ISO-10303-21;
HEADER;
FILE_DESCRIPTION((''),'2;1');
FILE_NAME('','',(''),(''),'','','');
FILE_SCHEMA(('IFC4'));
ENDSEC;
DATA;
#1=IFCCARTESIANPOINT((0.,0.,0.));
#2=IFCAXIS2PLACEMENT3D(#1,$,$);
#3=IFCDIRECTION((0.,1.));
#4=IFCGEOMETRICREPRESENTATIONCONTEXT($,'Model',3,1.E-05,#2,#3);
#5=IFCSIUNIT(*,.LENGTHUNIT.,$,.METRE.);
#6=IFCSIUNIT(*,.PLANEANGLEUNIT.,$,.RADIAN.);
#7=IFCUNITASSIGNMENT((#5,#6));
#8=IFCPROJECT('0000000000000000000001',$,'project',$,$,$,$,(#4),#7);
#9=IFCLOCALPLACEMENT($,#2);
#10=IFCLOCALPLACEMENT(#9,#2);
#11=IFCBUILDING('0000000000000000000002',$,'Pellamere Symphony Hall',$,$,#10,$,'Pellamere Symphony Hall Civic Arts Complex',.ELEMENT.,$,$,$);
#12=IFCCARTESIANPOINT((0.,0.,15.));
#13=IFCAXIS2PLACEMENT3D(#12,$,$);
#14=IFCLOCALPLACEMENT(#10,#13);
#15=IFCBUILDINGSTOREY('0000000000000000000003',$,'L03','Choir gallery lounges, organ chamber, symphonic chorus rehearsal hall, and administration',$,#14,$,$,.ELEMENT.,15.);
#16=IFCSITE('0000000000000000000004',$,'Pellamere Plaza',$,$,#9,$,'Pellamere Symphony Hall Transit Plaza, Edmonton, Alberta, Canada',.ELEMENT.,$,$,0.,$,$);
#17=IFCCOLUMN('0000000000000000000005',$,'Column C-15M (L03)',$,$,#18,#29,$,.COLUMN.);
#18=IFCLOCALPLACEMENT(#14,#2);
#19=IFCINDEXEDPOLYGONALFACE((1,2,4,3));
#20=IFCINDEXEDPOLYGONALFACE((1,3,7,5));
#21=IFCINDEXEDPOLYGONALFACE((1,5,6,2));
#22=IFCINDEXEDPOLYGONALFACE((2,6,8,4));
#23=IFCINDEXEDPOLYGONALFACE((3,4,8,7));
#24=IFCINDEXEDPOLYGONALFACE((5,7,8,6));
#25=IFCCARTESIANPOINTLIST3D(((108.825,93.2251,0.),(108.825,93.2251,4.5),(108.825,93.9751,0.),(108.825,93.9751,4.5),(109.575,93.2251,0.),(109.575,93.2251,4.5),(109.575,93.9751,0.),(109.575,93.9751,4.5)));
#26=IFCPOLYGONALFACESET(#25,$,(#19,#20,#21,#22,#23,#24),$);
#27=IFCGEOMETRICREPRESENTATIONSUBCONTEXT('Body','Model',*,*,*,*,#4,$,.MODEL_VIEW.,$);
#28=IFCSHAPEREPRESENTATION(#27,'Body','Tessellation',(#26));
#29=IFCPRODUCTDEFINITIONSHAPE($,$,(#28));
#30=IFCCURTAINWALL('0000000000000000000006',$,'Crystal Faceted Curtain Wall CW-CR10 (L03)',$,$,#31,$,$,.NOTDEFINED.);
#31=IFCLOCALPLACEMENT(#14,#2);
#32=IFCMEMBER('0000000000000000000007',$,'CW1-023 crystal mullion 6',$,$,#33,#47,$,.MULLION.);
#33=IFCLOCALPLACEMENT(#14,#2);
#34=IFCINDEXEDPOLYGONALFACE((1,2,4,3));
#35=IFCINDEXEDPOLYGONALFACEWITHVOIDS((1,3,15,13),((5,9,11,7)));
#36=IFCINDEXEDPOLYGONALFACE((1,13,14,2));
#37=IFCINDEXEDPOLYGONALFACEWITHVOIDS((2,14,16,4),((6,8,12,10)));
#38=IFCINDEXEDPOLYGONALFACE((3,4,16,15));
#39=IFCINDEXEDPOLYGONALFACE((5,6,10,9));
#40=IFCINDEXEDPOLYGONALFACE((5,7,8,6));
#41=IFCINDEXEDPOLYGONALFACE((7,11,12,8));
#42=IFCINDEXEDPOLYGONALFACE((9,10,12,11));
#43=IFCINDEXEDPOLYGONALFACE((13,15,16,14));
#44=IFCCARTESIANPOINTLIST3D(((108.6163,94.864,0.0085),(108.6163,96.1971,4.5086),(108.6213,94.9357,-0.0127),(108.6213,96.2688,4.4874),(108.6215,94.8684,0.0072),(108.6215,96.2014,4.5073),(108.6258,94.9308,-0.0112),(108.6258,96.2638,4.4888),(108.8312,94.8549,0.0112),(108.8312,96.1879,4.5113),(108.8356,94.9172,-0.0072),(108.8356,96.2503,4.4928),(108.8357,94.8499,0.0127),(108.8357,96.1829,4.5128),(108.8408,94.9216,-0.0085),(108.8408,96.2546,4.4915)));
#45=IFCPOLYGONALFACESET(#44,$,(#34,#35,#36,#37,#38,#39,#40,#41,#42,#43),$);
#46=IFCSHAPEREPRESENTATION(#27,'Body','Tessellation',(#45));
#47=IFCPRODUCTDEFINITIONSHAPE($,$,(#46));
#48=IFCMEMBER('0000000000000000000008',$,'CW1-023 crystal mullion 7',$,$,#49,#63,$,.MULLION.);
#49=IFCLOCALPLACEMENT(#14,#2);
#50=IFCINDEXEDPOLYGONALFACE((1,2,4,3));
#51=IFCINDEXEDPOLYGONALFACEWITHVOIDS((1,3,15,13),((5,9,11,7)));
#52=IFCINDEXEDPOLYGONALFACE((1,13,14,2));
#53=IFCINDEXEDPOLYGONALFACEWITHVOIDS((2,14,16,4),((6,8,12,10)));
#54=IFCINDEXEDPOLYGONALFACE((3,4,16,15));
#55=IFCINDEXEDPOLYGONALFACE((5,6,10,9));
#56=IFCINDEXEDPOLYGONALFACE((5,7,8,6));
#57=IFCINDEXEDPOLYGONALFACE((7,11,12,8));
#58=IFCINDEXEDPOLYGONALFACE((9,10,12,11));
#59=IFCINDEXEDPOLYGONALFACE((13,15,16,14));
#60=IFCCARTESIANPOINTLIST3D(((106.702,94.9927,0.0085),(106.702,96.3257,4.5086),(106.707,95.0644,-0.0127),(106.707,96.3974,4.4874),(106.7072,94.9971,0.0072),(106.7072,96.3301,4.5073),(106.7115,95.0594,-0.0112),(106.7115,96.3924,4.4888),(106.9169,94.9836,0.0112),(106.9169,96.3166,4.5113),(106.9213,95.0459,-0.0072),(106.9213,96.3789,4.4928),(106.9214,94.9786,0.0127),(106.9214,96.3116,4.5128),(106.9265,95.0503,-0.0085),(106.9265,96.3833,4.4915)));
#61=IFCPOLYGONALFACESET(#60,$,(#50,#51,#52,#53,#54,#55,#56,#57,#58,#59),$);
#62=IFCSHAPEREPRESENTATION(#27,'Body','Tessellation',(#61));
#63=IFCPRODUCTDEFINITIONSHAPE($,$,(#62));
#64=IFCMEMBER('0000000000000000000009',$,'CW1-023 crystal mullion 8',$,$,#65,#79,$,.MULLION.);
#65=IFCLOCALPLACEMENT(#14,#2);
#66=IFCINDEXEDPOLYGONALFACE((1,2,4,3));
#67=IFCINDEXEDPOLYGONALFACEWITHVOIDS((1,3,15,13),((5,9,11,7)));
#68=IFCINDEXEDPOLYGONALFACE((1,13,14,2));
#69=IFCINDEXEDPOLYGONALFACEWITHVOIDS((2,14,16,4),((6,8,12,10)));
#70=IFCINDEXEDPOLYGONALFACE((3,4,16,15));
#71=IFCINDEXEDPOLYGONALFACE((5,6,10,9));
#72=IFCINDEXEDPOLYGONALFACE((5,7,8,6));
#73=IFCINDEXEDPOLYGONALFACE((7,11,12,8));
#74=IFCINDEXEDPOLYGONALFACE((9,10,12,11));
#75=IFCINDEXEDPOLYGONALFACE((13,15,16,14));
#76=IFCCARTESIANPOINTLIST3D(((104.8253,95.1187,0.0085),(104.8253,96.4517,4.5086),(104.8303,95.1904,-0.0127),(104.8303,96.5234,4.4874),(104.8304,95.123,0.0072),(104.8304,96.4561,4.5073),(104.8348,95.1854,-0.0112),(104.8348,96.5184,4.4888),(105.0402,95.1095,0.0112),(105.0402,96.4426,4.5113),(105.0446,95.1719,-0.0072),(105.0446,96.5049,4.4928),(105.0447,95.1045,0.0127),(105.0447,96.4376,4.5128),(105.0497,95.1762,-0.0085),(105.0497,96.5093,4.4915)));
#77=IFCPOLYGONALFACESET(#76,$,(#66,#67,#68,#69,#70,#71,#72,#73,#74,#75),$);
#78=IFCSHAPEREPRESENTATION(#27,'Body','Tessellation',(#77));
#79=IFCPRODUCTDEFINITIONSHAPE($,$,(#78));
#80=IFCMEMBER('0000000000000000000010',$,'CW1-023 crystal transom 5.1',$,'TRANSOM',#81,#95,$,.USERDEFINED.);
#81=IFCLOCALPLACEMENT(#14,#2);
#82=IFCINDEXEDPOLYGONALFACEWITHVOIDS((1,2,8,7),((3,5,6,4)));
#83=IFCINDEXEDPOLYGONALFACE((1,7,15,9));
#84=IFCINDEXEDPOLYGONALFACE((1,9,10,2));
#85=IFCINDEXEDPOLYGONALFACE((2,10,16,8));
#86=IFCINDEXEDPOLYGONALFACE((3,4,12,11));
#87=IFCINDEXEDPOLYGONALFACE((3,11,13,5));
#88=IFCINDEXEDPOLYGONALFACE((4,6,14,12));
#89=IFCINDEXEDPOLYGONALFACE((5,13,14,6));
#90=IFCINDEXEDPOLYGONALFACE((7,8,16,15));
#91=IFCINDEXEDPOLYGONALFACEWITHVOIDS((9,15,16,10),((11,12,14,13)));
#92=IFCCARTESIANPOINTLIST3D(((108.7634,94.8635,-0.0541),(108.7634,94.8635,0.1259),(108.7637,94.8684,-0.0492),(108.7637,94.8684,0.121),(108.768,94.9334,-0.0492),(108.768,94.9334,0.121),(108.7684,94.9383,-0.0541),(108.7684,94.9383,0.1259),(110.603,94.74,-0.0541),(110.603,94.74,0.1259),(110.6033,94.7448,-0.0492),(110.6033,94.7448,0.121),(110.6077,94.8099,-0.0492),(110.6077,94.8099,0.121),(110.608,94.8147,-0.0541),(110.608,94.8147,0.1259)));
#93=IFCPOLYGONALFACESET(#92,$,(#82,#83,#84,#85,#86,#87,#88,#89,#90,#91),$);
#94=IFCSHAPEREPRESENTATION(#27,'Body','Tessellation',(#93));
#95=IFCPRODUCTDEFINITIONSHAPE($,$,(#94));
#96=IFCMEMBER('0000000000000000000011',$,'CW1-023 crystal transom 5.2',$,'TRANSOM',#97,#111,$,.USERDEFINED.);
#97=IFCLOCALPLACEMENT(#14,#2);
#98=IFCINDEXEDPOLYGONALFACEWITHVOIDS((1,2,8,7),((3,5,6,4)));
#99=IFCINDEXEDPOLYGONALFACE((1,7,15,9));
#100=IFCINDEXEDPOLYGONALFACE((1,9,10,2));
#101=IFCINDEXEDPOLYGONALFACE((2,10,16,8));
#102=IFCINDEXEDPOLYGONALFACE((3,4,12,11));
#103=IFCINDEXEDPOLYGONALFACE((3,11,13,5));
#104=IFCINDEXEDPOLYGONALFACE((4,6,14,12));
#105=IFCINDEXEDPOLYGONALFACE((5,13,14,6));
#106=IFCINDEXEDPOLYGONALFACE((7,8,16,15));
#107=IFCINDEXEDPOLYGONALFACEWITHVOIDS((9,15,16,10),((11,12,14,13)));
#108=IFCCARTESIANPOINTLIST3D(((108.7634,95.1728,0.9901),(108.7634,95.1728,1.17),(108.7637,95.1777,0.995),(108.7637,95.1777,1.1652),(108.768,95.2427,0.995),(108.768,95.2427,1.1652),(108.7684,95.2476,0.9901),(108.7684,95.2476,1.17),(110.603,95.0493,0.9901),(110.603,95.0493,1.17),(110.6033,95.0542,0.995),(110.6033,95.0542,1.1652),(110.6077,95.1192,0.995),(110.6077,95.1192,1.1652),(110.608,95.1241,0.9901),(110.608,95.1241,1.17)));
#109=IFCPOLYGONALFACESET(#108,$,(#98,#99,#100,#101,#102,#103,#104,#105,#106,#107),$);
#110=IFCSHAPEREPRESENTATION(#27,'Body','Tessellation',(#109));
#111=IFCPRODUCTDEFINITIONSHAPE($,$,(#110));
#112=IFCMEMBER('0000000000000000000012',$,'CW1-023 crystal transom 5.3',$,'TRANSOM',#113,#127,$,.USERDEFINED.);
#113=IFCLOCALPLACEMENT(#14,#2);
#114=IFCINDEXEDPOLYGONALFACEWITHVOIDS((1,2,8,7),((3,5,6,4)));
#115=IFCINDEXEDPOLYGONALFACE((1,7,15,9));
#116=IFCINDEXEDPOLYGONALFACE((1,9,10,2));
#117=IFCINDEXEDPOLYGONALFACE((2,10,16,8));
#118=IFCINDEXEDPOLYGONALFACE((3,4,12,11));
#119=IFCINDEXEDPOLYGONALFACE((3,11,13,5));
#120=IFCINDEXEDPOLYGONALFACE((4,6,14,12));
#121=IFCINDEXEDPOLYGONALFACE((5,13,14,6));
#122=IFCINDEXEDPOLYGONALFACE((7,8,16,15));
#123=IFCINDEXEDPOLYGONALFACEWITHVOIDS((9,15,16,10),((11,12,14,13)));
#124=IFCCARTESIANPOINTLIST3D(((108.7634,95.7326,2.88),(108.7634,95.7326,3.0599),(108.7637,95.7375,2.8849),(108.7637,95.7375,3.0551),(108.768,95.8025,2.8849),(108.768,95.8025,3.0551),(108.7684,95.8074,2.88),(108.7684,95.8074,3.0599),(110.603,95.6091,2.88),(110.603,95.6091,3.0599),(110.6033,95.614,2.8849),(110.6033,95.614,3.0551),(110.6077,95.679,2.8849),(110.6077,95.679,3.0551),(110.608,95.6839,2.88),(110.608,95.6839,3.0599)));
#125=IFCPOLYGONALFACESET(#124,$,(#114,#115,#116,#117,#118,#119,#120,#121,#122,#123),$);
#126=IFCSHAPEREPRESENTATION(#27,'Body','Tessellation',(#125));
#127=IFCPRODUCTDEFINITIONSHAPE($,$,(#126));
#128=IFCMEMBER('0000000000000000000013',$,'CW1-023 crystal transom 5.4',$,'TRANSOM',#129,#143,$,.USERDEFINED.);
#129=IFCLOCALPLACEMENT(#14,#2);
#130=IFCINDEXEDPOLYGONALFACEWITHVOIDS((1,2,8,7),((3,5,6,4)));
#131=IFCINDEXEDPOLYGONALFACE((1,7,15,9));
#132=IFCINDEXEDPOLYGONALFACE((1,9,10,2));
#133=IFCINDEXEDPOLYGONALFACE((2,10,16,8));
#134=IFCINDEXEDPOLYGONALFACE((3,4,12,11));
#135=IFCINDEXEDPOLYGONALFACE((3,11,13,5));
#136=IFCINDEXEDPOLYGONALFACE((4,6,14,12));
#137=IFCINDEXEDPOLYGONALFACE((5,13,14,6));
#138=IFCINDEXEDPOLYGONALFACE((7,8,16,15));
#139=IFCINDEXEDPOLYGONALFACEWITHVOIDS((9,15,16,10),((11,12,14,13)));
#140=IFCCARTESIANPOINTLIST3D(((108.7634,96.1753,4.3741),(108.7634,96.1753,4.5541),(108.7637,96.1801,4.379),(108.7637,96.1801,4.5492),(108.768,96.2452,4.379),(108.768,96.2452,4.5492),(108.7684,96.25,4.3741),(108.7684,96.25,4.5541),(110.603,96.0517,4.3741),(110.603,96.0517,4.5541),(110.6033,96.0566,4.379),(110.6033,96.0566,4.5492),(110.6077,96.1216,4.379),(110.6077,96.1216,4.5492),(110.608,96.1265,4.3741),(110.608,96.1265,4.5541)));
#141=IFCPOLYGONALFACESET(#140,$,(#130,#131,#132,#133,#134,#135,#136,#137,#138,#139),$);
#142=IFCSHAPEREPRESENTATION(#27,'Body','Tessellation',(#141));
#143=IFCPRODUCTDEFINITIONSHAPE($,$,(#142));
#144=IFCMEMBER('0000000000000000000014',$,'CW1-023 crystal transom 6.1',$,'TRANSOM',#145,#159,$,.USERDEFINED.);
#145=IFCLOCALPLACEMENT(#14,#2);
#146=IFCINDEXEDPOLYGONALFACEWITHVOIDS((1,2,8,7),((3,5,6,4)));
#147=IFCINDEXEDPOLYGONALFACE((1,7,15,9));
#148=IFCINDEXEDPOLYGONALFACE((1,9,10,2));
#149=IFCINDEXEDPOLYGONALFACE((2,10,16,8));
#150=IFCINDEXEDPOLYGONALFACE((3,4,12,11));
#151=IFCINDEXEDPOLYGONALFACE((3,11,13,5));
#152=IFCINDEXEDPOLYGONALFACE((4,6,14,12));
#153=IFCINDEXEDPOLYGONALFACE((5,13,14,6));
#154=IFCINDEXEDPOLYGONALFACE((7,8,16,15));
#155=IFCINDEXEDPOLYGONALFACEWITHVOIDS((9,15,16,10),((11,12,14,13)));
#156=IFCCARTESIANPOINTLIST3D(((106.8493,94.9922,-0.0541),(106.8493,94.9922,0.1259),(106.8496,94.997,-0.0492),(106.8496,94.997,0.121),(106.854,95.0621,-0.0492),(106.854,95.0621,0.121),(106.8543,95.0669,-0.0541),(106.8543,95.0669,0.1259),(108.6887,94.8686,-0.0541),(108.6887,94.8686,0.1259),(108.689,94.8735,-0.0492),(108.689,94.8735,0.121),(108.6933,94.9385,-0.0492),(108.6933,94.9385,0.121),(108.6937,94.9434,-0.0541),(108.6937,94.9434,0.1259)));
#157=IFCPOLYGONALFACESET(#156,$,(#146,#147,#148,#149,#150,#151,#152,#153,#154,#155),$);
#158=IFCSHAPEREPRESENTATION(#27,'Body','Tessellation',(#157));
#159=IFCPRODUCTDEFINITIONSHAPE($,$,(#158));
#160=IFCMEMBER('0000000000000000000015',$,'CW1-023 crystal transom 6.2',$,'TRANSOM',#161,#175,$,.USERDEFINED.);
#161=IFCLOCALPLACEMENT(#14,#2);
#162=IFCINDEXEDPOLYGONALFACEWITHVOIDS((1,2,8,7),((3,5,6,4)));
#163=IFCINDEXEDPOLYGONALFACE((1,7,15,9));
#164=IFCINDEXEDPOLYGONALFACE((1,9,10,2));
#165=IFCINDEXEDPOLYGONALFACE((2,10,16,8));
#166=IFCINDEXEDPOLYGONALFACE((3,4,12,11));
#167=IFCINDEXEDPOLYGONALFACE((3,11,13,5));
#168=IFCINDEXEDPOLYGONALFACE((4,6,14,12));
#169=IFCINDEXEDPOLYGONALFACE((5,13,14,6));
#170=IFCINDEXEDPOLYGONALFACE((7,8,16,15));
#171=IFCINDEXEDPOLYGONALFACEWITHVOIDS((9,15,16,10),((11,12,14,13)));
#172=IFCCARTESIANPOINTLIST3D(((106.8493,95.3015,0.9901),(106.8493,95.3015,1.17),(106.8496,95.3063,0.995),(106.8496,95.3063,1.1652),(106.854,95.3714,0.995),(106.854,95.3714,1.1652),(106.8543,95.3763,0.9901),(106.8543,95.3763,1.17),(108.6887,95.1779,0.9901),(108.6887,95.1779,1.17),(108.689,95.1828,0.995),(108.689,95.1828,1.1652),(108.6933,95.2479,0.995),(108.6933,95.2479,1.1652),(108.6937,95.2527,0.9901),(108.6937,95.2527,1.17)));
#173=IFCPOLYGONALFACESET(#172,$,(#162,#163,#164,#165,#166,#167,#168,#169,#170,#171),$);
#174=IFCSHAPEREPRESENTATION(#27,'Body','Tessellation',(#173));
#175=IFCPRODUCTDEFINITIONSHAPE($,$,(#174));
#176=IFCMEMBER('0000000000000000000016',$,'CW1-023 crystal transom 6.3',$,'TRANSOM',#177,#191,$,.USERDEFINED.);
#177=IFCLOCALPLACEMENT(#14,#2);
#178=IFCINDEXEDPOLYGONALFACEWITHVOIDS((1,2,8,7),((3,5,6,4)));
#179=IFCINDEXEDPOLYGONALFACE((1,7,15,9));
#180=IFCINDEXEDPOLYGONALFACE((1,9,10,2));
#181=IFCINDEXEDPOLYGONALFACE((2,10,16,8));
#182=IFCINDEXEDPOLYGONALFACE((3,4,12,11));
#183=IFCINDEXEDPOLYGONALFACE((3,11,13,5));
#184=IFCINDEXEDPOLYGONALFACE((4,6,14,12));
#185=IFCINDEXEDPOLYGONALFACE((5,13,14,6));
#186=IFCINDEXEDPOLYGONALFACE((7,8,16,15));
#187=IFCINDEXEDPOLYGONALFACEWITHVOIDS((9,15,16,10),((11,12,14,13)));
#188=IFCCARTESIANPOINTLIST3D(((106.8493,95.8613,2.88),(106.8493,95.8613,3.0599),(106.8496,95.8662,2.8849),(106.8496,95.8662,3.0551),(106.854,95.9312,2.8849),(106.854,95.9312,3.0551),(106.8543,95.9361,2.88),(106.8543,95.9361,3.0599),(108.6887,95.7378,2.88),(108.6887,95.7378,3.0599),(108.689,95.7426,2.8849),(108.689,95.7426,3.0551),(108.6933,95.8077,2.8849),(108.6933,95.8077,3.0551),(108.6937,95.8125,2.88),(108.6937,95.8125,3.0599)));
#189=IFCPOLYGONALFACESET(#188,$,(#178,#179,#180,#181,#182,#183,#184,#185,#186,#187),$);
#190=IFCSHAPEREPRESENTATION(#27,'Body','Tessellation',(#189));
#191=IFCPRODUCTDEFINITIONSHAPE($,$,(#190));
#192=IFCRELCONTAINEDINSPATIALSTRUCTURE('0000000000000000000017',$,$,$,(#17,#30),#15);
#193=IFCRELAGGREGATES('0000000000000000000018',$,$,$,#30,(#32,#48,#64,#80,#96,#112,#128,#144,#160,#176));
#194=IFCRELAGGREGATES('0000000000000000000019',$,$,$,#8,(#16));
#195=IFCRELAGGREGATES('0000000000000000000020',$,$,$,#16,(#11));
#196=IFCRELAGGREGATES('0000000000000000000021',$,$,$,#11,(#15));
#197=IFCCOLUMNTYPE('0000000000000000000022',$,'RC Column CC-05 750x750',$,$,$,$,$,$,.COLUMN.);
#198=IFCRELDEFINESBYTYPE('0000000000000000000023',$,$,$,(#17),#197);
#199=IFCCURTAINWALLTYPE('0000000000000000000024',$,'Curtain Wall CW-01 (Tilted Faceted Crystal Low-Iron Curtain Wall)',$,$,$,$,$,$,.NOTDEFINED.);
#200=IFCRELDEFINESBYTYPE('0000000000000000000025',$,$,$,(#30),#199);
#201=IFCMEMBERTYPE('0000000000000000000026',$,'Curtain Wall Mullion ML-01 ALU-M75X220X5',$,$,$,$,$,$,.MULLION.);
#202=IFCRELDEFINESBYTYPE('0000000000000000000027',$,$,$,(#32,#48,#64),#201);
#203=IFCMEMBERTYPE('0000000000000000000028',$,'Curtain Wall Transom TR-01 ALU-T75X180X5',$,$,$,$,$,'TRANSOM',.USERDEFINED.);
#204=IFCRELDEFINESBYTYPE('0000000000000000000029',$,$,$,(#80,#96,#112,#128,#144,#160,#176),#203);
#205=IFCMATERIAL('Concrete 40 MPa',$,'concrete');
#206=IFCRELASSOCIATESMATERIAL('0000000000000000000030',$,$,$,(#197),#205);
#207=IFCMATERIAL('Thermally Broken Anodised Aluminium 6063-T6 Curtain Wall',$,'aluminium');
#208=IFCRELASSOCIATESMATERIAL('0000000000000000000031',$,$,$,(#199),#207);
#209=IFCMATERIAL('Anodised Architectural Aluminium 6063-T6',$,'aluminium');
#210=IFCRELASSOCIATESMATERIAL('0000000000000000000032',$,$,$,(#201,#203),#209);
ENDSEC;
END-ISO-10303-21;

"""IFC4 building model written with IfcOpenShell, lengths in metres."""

from ifc_helpers import new_model, si_unit, direction, frame, origin, origin_2d, place, context, subcontext, project, spatial, rectangle, hollow_rectangle, extrude, material, material_profile, profile_set, type_object, element, aggregate, save


model = new_model("IFC4")

# Units and contexts
model_context = context("Model", 3, precision=1e-05, world=origin(), true_north=direction((0.0, 1.0)))
body_context = subcontext(model_context, "Body", "Model", "MODEL_VIEW")
ifc_project = project(units=[si_unit("LENGTHUNIT", "METRE"), si_unit("PLANEANGLEUNIT", "RADIAN")], contexts=[model_context])

# Site, building, storey
site_placement = place(None, origin())
site = spatial("IfcSite", under=ifc_project, at=site_placement, Name="Pellamere Plaza", LongName="Pellamere Symphony Hall Transit Plaza, Edmonton, Alberta, Canada", CompositionType="ELEMENT", RefElevation=0.0)
building_placement = place(site_placement, origin())
building = spatial("IfcBuilding", under=site, at=building_placement, Name="Pellamere Symphony Hall", LongName="Pellamere Symphony Hall Civic Arts Complex", CompositionType="ELEMENT")
storey_placement = place(building_placement, frame((0.0, 0.0, 15.0)))
storey = spatial("IfcBuildingStorey", under=building, at=storey_placement, Name="L03", Description="Choir gallery lounges, organ chamber, symphonic chorus rehearsal hall, and administration", CompositionType="ELEMENT", Elevation=15.0)

# Column
ifc_material_1 = material(Name="Concrete 40 MPa", Category="concrete")
ifc_material_profile_1 = material_profile(ifc_material_1, rectangle(XDim=0.75, YDim=0.75, at=origin_2d()), Name="RC 750x750")
ifc_profile_set_1 = profile_set([ifc_material_profile_1], Name="Concrete 40 MPa")
column_type = type_object("IfcColumnType", Name="RC Column CC-05 750x750", PredefinedType="COLUMN", material=ifc_profile_set_1)
column_placement = place(storey_placement, frame((109.2, 93.6001, 0.0), z_axis=(0.0, 0.0, 1.0), x_axis=(1.0, 0.0, 0.0)))
element("IfcColumn", 1, at=column_placement, inside=storey, type_object=column_type, Name="Column C-15M (L03)", PredefinedType="COLUMN", context=body_context, shape_type="SweptSolid", body=[
    extrude(rectangle(XDim=0.75, YDim=0.75, at=origin_2d()), origin(), (0.0, 0.0, 1.0), 4.5),
])

# Curtain wall, members
ifc_material_2 = material(Name="Thermally Broken Anodised Aluminium 6063-T6 Curtain Wall", Category="aluminium")
curtain_wall_type = type_object("IfcCurtainWallType", Name="Curtain Wall CW-01 (Tilted Faceted Crystal Low-Iron Curtain Wall)", PredefinedType="NOTDEFINED", material=ifc_material_2)
curtain_wall_placement = place(storey_placement, origin())
curtain_wall = element("IfcCurtainWall", 2, at=curtain_wall_placement, inside=storey, type_object=curtain_wall_type, Name="Crystal Faceted Curtain Wall CW-CR10 (L03)", PredefinedType="NOTDEFINED")
ifc_material_3 = material(Name="Anodised Architectural Aluminium 6063-T6", Category="aluminium")
ifc_material_profile_2 = material_profile(ifc_material_3, hollow_rectangle(XDim=0.075, YDim=0.22, WallThickness=0.0049, at=origin_2d()), Name="ALU-M75X220X5")
ifc_profile_set_2 = profile_set([ifc_material_profile_2], Name="Anodised Architectural Aluminium 6063-T6")
member_type_1 = type_object("IfcMemberType", Name="Curtain Wall Mullion ML-01 ALU-M75X220X5", PredefinedType="MULLION", material=ifc_profile_set_2)
member_1_placement = place(storey_placement, frame((108.7285, 94.8928, 0.0), z_axis=(0.0, 0.284025, 0.958817), x_axis=(0.067013, 0.956662, -0.283386)))
member_1 = element("IfcMember", 3, at=member_1_placement, type_object=member_type_1, Name="CW1-023 crystal mullion 6", PredefinedType="MULLION", context=body_context, shape_type="SweptSolid", body=[
    extrude(hollow_rectangle(XDim=0.075, YDim=0.22, WallThickness=0.0049, at=origin_2d()), origin(), (0.0, 0.0, 1.0), 4.6934),
])
member_2_placement = place(storey_placement, frame((106.8142, 95.0215, 0.0), z_axis=(0.0, 0.284025, 0.958817), x_axis=(0.067013, 0.956662, -0.283386)))
member_2 = element("IfcMember", 4, at=member_2_placement, type_object=member_type_1, Name="CW1-023 crystal mullion 7", PredefinedType="MULLION", context=body_context, shape_type="SweptSolid", body=[
    extrude(hollow_rectangle(XDim=0.075, YDim=0.22, WallThickness=0.0049, at=origin_2d()), origin(), (0.0, 0.0, 1.0), 4.6934),
])
member_3_placement = place(storey_placement, frame((104.9375, 95.1475, 0.0), z_axis=(0.0, 0.284025, 0.958817), x_axis=(0.067013, 0.956662, -0.283386)))
member_3 = element("IfcMember", 5, at=member_3_placement, type_object=member_type_1, Name="CW1-023 crystal mullion 8", PredefinedType="MULLION", context=body_context, shape_type="SweptSolid", body=[
    extrude(hollow_rectangle(XDim=0.075, YDim=0.22, WallThickness=0.0049, at=origin_2d()), origin(), (0.0, 0.0, 1.0), 4.6934),
])
ifc_material_profile_3 = material_profile(ifc_material_3, hollow_rectangle(XDim=0.075, YDim=0.1799, WallThickness=0.0049, at=origin_2d()), Name="ALU-T75X180X5")
ifc_profile_set_3 = profile_set([ifc_material_profile_3], Name="Anodised Architectural Aluminium 6063-T6")
member_type_2 = type_object("IfcMemberType", Name="Curtain Wall Transom TR-01 ALU-T75X180X5", ElementType="TRANSOM", PredefinedType="USERDEFINED", material=ifc_profile_set_3)
member_4_placement = place(storey_placement, frame((110.6055, 94.7773, 0.0359), z_axis=(-0.997753, 0.067002, 0.0), x_axis=(-0.067002, -0.997753, 0.0)))
member_4 = element("IfcMember", 6, at=member_4_placement, type_object=member_type_2, Name="CW1-023 crystal transom 5.1", ObjectType="TRANSOM", PredefinedType="USERDEFINED", context=body_context, shape_type="SweptSolid", body=[
    extrude(hollow_rectangle(XDim=0.075, YDim=0.1799, WallThickness=0.0049, at=origin_2d()), origin(), (0.0, 0.0, 1.0), 1.8438),
])
member_5_placement = place(storey_placement, frame((110.6055, 95.0867, 1.0801), z_axis=(-0.997753, 0.067002, 0.0), x_axis=(-0.067002, -0.997753, 0.0)))
member_5 = element("IfcMember", 7, at=member_5_placement, type_object=member_type_2, Name="CW1-023 crystal transom 5.2", ObjectType="TRANSOM", PredefinedType="USERDEFINED", context=body_context, shape_type="SweptSolid", body=[
    extrude(hollow_rectangle(XDim=0.075, YDim=0.1799, WallThickness=0.0049, at=origin_2d()), origin(), (0.0, 0.0, 1.0), 1.8438),
])
member_6_placement = place(storey_placement, frame((110.6055, 95.6465, 2.97), z_axis=(-0.997753, 0.067002, 0.0), x_axis=(-0.067002, -0.997753, 0.0)))
member_6 = element("IfcMember", 8, at=member_6_placement, type_object=member_type_2, Name="CW1-023 crystal transom 5.3", ObjectType="TRANSOM", PredefinedType="USERDEFINED", context=body_context, shape_type="SweptSolid", body=[
    extrude(hollow_rectangle(XDim=0.075, YDim=0.1799, WallThickness=0.0049, at=origin_2d()), origin(), (0.0, 0.0, 1.0), 1.8438),
])
member_7_placement = place(storey_placement, frame((110.6055, 96.0891, 4.4641), z_axis=(-0.997753, 0.067002, 0.0), x_axis=(-0.067002, -0.997753, 0.0)))
member_7 = element("IfcMember", 9, at=member_7_placement, type_object=member_type_2, Name="CW1-023 crystal transom 5.4", ObjectType="TRANSOM", PredefinedType="USERDEFINED", context=body_context, shape_type="SweptSolid", body=[
    extrude(hollow_rectangle(XDim=0.075, YDim=0.1799, WallThickness=0.0049, at=origin_2d()), origin(), (0.0, 0.0, 1.0), 1.8438),
])
member_8_placement = place(storey_placement, frame((108.6912, 94.906, 0.0359), z_axis=(-0.997752, 0.067011, 0.0), x_axis=(-0.067011, -0.997752, 0.0)))
member_8 = element("IfcMember", 10, at=member_8_placement, type_object=member_type_2, Name="CW1-023 crystal transom 6.1", ObjectType="TRANSOM", PredefinedType="USERDEFINED", context=body_context, shape_type="SweptSolid", body=[
    extrude(hollow_rectangle(XDim=0.075, YDim=0.1799, WallThickness=0.0049, at=origin_2d()), origin(), (0.0, 0.0, 1.0), 1.8435),
])
member_9_placement = place(storey_placement, frame((108.6912, 95.2153, 1.0801), z_axis=(-0.997752, 0.067011, 0.0), x_axis=(-0.067011, -0.997752, 0.0)))
member_9 = element("IfcMember", 11, at=member_9_placement, type_object=member_type_2, Name="CW1-023 crystal transom 6.2", ObjectType="TRANSOM", PredefinedType="USERDEFINED", context=body_context, shape_type="SweptSolid", body=[
    extrude(hollow_rectangle(XDim=0.075, YDim=0.1799, WallThickness=0.0049, at=origin_2d()), origin(), (0.0, 0.0, 1.0), 1.8435),
])
member_10_placement = place(storey_placement, frame((108.6912, 95.7751, 2.97), z_axis=(-0.997752, 0.067011, 0.0), x_axis=(-0.067011, -0.997752, 0.0)))
member_10 = element("IfcMember", 12, at=member_10_placement, type_object=member_type_2, Name="CW1-023 crystal transom 6.3", ObjectType="TRANSOM", PredefinedType="USERDEFINED", context=body_context, shape_type="SweptSolid", body=[
    extrude(hollow_rectangle(XDim=0.075, YDim=0.1799, WallThickness=0.0049, at=origin_2d()), origin(), (0.0, 0.0, 1.0), 1.8435),
])

aggregate(curtain_wall, [member_1, member_2, member_3, member_4, member_5, member_6, member_7, member_8, member_9, member_10])

save(model, "model.ifc")
